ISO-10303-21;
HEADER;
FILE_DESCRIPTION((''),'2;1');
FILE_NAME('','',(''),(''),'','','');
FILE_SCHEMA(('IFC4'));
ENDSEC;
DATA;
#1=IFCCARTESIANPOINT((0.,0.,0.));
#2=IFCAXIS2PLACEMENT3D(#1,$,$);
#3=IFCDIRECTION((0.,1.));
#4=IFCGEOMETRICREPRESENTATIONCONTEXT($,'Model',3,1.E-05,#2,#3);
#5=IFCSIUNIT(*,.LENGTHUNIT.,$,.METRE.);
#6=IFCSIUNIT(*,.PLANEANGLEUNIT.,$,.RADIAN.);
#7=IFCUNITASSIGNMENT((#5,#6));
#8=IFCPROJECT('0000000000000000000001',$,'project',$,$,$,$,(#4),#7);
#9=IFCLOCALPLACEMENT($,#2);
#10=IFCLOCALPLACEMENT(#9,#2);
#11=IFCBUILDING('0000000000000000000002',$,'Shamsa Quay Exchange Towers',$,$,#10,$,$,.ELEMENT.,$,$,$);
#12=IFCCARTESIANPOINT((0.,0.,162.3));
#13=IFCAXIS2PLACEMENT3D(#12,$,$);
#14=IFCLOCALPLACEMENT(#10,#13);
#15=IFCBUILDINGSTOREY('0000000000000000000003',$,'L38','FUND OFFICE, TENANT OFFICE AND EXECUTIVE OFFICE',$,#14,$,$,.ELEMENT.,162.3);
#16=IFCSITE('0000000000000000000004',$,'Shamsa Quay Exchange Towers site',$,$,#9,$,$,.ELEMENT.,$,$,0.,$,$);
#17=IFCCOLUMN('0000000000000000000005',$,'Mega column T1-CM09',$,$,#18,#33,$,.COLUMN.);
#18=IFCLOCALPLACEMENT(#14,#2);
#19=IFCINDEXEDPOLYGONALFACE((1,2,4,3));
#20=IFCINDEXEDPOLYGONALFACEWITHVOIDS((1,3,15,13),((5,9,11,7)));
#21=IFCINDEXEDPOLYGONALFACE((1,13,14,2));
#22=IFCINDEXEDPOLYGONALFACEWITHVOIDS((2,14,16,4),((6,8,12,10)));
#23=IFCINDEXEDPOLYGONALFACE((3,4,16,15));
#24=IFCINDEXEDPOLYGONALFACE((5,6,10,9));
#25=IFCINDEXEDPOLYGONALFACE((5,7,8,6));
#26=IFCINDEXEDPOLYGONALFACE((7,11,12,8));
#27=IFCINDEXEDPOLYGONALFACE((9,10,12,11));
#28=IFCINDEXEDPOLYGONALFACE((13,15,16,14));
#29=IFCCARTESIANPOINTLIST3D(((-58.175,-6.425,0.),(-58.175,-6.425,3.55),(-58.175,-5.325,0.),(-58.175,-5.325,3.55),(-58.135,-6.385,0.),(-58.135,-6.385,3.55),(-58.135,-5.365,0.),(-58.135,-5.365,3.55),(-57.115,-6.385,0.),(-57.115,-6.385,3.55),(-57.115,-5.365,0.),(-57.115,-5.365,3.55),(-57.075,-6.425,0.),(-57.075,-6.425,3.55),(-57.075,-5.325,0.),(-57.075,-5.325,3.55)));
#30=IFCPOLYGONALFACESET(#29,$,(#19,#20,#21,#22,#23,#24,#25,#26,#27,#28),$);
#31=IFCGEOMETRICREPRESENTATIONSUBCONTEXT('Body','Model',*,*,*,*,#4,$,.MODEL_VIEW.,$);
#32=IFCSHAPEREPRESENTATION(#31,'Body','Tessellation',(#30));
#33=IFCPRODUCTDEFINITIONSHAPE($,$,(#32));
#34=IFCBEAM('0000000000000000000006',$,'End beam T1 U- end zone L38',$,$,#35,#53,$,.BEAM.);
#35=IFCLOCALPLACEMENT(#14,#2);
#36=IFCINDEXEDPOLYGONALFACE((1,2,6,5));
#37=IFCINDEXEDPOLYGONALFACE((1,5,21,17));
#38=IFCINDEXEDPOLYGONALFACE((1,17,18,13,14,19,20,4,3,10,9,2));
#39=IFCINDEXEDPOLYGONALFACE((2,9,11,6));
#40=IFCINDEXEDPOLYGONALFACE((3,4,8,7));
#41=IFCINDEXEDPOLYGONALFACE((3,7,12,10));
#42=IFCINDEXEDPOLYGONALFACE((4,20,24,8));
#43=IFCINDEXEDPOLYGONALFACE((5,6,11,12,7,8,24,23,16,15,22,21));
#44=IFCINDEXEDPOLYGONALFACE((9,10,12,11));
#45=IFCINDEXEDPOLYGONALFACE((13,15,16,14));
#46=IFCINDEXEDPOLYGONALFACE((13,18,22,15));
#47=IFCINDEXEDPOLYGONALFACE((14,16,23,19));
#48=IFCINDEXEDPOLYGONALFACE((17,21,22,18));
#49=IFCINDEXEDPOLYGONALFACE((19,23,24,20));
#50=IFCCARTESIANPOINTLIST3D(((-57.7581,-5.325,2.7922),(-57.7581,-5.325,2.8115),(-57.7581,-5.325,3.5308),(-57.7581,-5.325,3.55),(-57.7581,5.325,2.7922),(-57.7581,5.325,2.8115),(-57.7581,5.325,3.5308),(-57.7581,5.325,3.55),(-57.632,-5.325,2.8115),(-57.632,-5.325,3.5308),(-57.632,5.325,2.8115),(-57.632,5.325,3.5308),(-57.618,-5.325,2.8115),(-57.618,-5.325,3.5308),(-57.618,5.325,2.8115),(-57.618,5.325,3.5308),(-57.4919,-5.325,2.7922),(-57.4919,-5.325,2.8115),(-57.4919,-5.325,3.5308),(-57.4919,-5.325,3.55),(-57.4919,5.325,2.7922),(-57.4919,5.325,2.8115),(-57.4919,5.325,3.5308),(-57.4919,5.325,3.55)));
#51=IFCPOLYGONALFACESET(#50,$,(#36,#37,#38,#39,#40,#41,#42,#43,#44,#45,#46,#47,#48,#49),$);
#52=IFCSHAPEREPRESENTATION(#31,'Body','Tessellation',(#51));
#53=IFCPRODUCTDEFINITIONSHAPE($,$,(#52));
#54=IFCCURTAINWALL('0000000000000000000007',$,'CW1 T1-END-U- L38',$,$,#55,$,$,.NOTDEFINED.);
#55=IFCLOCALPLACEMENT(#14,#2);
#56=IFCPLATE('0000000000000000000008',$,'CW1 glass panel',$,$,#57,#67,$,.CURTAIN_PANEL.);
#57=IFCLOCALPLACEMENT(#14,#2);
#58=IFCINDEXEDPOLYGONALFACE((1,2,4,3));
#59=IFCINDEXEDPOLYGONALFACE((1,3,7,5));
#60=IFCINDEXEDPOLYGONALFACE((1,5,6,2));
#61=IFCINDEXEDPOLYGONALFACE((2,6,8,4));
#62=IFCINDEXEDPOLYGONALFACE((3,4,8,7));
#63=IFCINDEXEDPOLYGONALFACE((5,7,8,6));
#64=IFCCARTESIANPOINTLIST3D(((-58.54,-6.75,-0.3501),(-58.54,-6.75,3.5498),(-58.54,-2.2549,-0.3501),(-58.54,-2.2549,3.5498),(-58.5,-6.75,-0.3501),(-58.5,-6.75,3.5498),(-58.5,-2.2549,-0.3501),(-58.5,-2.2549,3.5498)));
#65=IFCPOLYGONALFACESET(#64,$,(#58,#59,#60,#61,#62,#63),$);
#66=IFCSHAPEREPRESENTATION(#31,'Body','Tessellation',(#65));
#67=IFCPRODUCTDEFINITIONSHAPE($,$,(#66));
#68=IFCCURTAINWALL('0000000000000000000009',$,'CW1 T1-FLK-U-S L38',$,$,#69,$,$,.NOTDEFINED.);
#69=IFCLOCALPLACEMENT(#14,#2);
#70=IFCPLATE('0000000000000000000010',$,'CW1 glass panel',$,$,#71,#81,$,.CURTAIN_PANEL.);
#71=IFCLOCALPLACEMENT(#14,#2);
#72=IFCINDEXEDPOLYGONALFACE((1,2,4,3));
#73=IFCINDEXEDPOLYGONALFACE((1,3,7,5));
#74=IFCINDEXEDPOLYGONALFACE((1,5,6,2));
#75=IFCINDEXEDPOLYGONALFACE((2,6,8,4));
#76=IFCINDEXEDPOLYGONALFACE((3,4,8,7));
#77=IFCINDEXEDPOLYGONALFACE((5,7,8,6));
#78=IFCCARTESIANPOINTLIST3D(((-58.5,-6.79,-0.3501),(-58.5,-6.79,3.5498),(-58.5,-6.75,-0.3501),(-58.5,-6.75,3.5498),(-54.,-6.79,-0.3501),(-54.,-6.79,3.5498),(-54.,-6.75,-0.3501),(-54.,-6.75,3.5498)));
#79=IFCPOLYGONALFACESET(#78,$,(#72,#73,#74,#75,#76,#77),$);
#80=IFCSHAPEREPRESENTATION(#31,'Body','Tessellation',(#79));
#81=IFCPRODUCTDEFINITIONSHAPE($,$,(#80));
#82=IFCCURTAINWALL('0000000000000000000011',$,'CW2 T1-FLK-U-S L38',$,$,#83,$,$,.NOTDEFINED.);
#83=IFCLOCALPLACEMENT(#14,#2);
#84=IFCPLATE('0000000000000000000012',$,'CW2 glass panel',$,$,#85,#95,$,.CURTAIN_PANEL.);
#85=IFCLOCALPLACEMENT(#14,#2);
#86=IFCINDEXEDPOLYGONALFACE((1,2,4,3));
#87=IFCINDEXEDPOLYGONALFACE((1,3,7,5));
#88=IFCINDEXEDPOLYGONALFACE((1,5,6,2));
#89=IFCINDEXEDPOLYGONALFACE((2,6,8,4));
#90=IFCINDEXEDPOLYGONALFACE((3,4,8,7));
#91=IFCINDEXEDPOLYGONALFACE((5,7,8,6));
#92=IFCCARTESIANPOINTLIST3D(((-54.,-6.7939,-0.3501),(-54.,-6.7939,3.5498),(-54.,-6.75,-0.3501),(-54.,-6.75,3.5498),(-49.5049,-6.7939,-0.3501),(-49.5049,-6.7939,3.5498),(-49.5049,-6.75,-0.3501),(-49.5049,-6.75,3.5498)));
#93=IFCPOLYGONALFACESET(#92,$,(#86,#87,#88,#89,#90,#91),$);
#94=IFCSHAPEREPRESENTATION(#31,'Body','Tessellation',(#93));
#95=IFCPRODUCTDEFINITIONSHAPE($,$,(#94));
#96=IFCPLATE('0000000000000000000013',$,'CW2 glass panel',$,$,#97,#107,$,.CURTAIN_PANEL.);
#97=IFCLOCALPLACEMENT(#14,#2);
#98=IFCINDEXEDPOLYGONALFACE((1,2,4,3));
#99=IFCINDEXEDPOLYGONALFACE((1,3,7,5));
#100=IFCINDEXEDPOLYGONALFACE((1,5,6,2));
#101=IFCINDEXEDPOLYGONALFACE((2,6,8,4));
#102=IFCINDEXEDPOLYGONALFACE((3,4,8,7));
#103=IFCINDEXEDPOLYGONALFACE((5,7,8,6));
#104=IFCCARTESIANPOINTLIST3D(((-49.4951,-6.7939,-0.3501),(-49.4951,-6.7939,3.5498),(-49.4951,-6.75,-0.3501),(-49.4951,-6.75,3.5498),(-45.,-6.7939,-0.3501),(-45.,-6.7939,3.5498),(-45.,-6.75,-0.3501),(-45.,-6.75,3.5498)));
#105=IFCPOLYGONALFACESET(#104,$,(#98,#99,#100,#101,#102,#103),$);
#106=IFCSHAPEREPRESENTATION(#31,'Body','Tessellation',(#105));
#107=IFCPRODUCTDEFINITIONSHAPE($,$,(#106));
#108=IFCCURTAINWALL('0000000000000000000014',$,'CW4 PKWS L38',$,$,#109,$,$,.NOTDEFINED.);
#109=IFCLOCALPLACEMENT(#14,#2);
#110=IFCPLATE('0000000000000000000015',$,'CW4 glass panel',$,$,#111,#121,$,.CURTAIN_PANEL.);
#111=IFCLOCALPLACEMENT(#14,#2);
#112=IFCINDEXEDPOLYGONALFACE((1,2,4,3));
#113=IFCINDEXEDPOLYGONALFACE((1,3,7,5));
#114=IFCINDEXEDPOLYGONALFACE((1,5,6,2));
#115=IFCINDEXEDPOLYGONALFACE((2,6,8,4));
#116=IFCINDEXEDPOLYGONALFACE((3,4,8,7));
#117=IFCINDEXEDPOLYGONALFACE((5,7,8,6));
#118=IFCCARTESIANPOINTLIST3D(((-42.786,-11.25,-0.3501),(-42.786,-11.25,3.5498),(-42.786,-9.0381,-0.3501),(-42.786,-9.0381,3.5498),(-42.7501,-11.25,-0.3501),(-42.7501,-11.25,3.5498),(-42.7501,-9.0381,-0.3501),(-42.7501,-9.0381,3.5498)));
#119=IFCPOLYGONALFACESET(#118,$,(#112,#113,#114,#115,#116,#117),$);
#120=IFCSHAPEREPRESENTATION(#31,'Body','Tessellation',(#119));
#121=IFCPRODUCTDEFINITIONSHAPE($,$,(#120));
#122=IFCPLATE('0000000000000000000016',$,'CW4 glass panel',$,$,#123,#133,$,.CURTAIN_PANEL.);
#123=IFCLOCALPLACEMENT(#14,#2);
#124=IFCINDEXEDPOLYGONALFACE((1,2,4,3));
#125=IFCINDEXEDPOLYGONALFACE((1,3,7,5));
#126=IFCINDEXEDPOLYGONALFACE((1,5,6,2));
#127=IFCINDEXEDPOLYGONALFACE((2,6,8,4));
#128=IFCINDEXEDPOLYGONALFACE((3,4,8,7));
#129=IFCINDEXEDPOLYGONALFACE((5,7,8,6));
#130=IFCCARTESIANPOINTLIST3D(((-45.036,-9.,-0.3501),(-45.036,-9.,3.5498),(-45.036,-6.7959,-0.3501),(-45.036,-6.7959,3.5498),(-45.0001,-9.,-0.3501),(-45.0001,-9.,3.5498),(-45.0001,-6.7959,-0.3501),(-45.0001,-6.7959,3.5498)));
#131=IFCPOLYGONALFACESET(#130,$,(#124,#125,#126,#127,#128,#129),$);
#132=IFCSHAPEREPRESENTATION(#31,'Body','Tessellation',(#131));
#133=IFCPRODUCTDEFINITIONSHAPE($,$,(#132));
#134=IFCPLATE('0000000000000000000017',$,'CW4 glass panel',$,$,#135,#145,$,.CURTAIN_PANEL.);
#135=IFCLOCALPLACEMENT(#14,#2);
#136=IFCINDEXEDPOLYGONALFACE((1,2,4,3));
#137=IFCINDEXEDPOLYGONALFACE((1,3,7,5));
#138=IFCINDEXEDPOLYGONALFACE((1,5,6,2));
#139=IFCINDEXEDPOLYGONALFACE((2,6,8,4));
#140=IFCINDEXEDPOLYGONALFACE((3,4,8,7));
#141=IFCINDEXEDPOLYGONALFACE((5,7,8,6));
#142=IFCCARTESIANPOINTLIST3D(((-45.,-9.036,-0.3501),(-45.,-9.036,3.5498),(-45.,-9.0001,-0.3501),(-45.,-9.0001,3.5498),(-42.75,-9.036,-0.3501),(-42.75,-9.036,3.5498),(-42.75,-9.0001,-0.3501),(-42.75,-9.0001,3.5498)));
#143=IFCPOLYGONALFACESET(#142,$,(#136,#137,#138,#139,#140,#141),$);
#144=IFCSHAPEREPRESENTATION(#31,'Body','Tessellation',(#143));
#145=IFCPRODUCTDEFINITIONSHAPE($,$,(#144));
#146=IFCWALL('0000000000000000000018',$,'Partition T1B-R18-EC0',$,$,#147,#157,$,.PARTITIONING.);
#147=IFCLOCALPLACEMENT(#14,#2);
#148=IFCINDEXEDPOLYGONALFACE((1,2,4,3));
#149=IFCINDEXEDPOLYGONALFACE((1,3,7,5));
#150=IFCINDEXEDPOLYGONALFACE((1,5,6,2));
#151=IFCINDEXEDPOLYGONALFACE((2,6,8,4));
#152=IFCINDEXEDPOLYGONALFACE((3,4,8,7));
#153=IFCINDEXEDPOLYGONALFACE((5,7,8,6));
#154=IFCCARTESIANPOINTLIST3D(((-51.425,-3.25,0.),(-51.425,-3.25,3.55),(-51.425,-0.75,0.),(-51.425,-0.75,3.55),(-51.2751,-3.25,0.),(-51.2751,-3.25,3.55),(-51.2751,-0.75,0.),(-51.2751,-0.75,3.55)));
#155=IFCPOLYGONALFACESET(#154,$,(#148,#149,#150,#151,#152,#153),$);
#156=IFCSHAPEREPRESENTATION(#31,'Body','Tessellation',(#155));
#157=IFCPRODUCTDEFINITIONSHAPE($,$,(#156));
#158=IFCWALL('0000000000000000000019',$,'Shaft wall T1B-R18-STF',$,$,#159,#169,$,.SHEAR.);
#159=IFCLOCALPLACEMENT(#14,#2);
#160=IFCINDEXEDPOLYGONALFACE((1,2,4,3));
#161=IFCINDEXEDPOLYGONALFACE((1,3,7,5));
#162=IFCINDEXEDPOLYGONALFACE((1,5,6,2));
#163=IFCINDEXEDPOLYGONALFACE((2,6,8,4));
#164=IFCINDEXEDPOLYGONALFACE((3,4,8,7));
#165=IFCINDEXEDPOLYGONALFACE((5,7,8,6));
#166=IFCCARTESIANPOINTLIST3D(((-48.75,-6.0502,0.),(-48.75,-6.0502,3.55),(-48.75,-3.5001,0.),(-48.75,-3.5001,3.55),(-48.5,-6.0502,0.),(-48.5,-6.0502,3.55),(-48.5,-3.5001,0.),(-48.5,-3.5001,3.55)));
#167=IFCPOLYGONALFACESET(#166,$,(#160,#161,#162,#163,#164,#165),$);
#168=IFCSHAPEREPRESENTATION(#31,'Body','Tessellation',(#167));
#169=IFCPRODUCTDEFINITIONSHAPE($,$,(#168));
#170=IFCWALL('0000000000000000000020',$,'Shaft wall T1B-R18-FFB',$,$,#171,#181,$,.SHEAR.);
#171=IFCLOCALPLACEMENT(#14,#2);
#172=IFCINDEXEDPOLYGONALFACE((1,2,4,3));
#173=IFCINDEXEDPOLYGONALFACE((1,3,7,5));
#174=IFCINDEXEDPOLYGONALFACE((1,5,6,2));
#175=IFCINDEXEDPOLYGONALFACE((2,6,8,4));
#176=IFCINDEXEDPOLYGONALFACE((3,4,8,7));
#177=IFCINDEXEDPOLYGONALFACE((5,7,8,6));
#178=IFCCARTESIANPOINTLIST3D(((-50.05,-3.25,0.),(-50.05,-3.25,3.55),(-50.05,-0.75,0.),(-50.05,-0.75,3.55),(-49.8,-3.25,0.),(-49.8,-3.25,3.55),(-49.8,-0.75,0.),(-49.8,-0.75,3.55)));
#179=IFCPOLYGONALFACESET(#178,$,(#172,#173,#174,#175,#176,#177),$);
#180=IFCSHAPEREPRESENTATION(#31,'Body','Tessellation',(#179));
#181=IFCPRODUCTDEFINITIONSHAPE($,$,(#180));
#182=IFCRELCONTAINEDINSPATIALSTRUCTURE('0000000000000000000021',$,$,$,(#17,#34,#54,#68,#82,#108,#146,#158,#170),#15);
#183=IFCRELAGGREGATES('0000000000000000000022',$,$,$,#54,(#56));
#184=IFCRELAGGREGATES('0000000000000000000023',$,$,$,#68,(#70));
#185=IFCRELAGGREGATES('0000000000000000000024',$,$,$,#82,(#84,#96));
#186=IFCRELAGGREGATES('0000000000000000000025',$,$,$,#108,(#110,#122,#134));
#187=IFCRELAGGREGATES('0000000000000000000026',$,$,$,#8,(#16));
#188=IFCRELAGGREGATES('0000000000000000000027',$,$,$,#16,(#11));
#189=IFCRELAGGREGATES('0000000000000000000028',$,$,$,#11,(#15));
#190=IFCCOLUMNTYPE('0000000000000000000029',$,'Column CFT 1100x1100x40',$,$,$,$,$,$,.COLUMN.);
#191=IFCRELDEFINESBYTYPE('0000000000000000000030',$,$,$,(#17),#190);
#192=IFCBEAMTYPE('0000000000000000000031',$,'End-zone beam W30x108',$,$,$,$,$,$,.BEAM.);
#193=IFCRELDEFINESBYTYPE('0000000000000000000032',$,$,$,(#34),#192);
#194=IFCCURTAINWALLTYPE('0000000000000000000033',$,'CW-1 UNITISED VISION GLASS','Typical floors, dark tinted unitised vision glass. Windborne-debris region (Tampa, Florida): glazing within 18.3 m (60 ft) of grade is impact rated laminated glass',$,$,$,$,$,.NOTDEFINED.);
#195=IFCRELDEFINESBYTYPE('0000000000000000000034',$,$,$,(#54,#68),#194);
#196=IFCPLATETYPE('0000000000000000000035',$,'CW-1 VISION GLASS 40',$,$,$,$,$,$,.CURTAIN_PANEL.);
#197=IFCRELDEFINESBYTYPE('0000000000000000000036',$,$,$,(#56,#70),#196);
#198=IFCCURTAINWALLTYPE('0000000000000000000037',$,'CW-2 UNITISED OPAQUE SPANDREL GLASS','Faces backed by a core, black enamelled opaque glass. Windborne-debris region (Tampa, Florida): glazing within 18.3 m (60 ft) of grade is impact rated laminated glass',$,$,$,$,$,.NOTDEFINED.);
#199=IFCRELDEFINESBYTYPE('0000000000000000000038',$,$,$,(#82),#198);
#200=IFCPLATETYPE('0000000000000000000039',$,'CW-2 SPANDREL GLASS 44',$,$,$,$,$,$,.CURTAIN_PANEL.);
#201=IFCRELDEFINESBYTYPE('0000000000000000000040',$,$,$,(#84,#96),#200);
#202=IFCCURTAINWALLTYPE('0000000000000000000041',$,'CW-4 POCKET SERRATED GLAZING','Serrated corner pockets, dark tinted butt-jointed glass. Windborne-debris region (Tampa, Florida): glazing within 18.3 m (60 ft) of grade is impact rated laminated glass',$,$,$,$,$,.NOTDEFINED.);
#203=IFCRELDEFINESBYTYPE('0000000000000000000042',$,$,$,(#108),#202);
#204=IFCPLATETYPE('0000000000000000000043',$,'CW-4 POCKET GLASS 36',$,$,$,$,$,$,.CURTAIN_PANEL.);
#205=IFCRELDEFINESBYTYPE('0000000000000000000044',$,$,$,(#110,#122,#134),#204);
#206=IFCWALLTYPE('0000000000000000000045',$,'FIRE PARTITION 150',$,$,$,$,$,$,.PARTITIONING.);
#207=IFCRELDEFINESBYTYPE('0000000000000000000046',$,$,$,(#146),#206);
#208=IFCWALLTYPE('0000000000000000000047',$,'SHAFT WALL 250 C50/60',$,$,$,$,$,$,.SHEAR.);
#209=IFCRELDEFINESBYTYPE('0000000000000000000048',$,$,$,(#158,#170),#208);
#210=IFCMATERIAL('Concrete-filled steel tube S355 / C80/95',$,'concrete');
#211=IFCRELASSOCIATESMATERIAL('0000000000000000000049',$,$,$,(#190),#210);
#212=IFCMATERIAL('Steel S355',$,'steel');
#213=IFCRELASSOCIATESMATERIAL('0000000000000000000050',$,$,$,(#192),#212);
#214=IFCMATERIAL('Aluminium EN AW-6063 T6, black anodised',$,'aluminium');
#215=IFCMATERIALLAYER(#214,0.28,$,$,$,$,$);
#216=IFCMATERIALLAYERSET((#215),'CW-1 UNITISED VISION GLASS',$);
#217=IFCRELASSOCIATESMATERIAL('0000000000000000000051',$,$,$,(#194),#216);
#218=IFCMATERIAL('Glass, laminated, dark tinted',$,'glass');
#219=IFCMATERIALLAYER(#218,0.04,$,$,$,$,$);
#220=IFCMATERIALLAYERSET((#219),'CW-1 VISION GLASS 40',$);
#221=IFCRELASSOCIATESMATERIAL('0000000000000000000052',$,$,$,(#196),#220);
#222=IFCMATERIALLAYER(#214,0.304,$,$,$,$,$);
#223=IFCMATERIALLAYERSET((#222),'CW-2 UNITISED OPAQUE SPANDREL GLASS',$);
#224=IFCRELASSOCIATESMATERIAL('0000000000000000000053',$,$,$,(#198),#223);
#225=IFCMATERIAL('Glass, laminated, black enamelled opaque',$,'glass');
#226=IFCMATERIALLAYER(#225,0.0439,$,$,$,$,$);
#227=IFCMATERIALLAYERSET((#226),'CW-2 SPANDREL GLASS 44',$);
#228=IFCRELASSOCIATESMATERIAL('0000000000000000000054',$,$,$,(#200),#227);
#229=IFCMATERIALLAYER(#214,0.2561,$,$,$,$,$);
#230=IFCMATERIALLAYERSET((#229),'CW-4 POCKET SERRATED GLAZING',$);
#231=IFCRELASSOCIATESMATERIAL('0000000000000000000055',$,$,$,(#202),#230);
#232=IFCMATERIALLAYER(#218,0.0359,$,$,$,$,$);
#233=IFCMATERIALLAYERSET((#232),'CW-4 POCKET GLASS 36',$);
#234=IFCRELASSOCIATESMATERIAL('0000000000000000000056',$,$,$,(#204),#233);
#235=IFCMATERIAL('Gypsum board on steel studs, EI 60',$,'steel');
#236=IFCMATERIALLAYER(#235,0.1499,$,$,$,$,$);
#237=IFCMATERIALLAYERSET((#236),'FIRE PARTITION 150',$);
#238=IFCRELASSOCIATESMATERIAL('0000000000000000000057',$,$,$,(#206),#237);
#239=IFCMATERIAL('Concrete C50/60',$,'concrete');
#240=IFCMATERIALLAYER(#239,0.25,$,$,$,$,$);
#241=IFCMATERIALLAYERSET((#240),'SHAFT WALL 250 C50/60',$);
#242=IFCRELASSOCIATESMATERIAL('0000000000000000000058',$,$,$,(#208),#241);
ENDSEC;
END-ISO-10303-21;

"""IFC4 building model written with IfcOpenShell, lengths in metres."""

from ifc_helpers import new_model, si_unit, direction, frame, frame_2d, origin, origin_2d, place, context, subcontext, project, spatial, rectangle, hollow_rectangle, i_section, extrude, material, layer, layer_set, material_profile, profile_set, type_object, element, aggregate, save


model = new_model("IFC4")

# Units and contexts
model_context = context("Model", 3, precision=1e-05, world=origin(), true_north=direction((0.0, 1.0)))
body_context = subcontext(model_context, "Body", "Model", "MODEL_VIEW")
ifc_project = project(units=[si_unit("LENGTHUNIT", "METRE"), si_unit("PLANEANGLEUNIT", "RADIAN")], contexts=[model_context])

# Site, building, storey
site_placement = place(None, origin())
site = spatial("IfcSite", under=ifc_project, at=site_placement, Name="Shamsa Quay Exchange Towers site", CompositionType="ELEMENT", RefElevation=0.0)
building_placement = place(site_placement, origin())
building = spatial("IfcBuilding", under=site, at=building_placement, Name="Shamsa Quay Exchange Towers", CompositionType="ELEMENT")
storey_placement = place(building_placement, frame((0.0, 0.0, 162.3)))
storey = spatial("IfcBuildingStorey", under=building, at=storey_placement, Name="L38", Description="FUND OFFICE, TENANT OFFICE AND EXECUTIVE OFFICE", CompositionType="ELEMENT", Elevation=162.3)

# Column
ifc_material_1 = material(Name="Concrete-filled steel tube S355 / C80/95", Category="concrete")
ifc_material_profile_1 = material_profile(ifc_material_1, hollow_rectangle(XDim=1.1001, YDim=1.1001, WallThickness=0.04, at=origin_2d()), Name="CFT 1100x1100x40")
ifc_profile_set_1 = profile_set([ifc_material_profile_1], Name="Concrete-filled steel tube S355 / C80/95")
column_type = type_object("IfcColumnType", Name="Column CFT 1100x1100x40", PredefinedType="COLUMN", material=ifc_profile_set_1)
column_placement = place(storey_placement, frame((-57.625, -5.875, 0.0)))
element("IfcColumn", 1, at=column_placement, inside=storey, type_object=column_type, Name="Mega column T1-CM09", PredefinedType="COLUMN", context=body_context, shape_type="SweptSolid", body=[
    extrude(hollow_rectangle(XDim=1.1001, YDim=1.1001, WallThickness=0.04, at=origin_2d()), origin(), (0.0, 0.0, 1.0), 3.55),
])

# Beam
ifc_material_2 = material(Name="Steel S355", Category="steel")
ifc_material_profile_2 = material_profile(ifc_material_2, i_section(OverallWidth=0.2661, OverallDepth=0.7578, WebThickness=0.0139, FlangeThickness=0.0193, at=origin_2d()), Name="W30x108")
ifc_profile_set_2 = profile_set([ifc_material_profile_2], Name="Steel S355")
beam_type = type_object("IfcBeamType", Name="End-zone beam W30x108", PredefinedType="BEAM", material=ifc_profile_set_2)
beam_placement = place(storey_placement, frame((-57.625, -5.325, 3.1711), z_axis=(0.0, 1.0, 0.0), x_axis=(-1.0, 0.0, 0.0)))
element("IfcBeam", 2, at=beam_placement, inside=storey, type_object=beam_type, Name="End beam T1 U- end zone L38", PredefinedType="BEAM", context=body_context, shape_type="SweptSolid", body=[
    extrude(i_section(OverallWidth=0.2661, OverallDepth=0.7578, WebThickness=0.0139, FlangeThickness=0.0193, at=origin_2d()), origin(), (0.0, 0.0, 1.0), 10.6499),
])

# Curtain walls, plates
ifc_material_3 = material(Name="Aluminium EN AW-6063 T6, black anodised", Category="aluminium")
ifc_layer_1 = layer(ifc_material_3, 0.28)
ifc_layer_set_1 = layer_set([ifc_layer_1], Name="CW-1 UNITISED VISION GLASS")
curtain_wall_type_1 = type_object("IfcCurtainWallType", Name="CW-1 UNITISED VISION GLASS", Description="Typical floors, dark tinted unitised vision glass. Windborne-debris region (Tampa, Florida): glazing within 18.3 m (60 ft) of grade is impact rated laminated glass", PredefinedType="NOTDEFINED", material=ifc_layer_set_1)
curtain_wall_1_placement = place(storey_placement, origin())
curtain_wall_1 = element("IfcCurtainWall", 3, at=curtain_wall_1_placement, inside=storey, type_object=curtain_wall_type_1, Name="CW1 T1-END-U- L38", PredefinedType="NOTDEFINED")
ifc_material_4 = material(Name="Glass, laminated, dark tinted", Category="glass")
ifc_layer_2 = layer(ifc_material_4, 0.04)
ifc_layer_set_2 = layer_set([ifc_layer_2], Name="CW-1 VISION GLASS 40")
plate_type_1 = type_object("IfcPlateType", Name="CW-1 VISION GLASS 40", PredefinedType="CURTAIN_PANEL", material=ifc_layer_set_2)
plate_1_placement = place(storey_placement, frame((-58.52, -4.5024, -0.3501), z_axis=(0.0, 0.0, 1.0), x_axis=(0.0, -1.0, 0.0)))
plate_1 = element("IfcPlate", 4, at=plate_1_placement, type_object=plate_type_1, Name="CW1 glass panel", PredefinedType="CURTAIN_PANEL", context=body_context, shape_type="SweptSolid", body=[
    extrude(rectangle(XDim=4.4951, YDim=0.04, at=origin_2d()), origin(), (0.0, 0.0, 1.0), 3.8999),
])
aggregate(curtain_wall_1, [plate_1])
curtain_wall_2_placement = place(storey_placement, origin())
curtain_wall_2 = element("IfcCurtainWall", 5, at=curtain_wall_2_placement, inside=storey, type_object=curtain_wall_type_1, Name="CW1 T1-FLK-U-S L38", PredefinedType="NOTDEFINED")
plate_2_placement = place(storey_placement, frame((-56.25, -6.77, -0.3501)))
plate_2 = element("IfcPlate", 6, at=plate_2_placement, type_object=plate_type_1, Name="CW1 glass panel", PredefinedType="CURTAIN_PANEL", context=body_context, shape_type="SweptSolid", body=[
    extrude(rectangle(XDim=4.5, YDim=0.04, at=origin_2d()), origin(), (0.0, 0.0, 1.0), 3.8999),
])
aggregate(curtain_wall_2, [plate_2])

# Curtain walls, plates
ifc_layer_3 = layer(ifc_material_3, 0.304)
ifc_layer_set_3 = layer_set([ifc_layer_3], Name="CW-2 UNITISED OPAQUE SPANDREL GLASS")
curtain_wall_type_2 = type_object("IfcCurtainWallType", Name="CW-2 UNITISED OPAQUE SPANDREL GLASS", Description="Faces backed by a core, black enamelled opaque glass. Windborne-debris region (Tampa, Florida): glazing within 18.3 m (60 ft) of grade is impact rated laminated glass", PredefinedType="NOTDEFINED", material=ifc_layer_set_3)
curtain_wall_3_placement = place(storey_placement, origin())
curtain_wall_3 = element("IfcCurtainWall", 7, at=curtain_wall_3_placement, inside=storey, type_object=curtain_wall_type_2, Name="CW2 T1-FLK-U-S L38", PredefinedType="NOTDEFINED")
ifc_material_5 = material(Name="Glass, laminated, black enamelled opaque", Category="glass")
ifc_layer_4 = layer(ifc_material_5, 0.0439)
ifc_layer_set_4 = layer_set([ifc_layer_4], Name="CW-2 SPANDREL GLASS 44")
plate_type_2 = type_object("IfcPlateType", Name="CW-2 SPANDREL GLASS 44", PredefinedType="CURTAIN_PANEL", material=ifc_layer_set_4)
plate_3_placement = place(storey_placement, frame((-51.7524, -6.772, -0.3501)))
plate_3 = element("IfcPlate", 8, at=plate_3_placement, type_object=plate_type_2, Name="CW2 glass panel", PredefinedType="CURTAIN_PANEL", context=body_context, shape_type="SweptSolid", body=[
    extrude(rectangle(XDim=4.4951, YDim=0.0439, at=origin_2d()), origin(), (0.0, 0.0, 1.0), 3.8999),
])
plate_4_placement = place(storey_placement, frame((-47.2476, -6.772, -0.3501)))
plate_4 = element("IfcPlate", 9, at=plate_4_placement, type_object=plate_type_2, Name="CW2 glass panel", PredefinedType="CURTAIN_PANEL", context=body_context, shape_type="SweptSolid", body=[
    extrude(rectangle(XDim=4.4951, YDim=0.0439, at=origin_2d()), origin(), (0.0, 0.0, 1.0), 3.8999),
])
aggregate(curtain_wall_3, [plate_3, plate_4])
ifc_layer_5 = layer(ifc_material_3, 0.2561)
ifc_layer_set_5 = layer_set([ifc_layer_5], Name="CW-4 POCKET SERRATED GLAZING")
curtain_wall_type_3 = type_object("IfcCurtainWallType", Name="CW-4 POCKET SERRATED GLAZING", Description="Serrated corner pockets, dark tinted butt-jointed glass. Windborne-debris region (Tampa, Florida): glazing within 18.3 m (60 ft) of grade is impact rated laminated glass", PredefinedType="NOTDEFINED", material=ifc_layer_set_5)
curtain_wall_4_placement = place(storey_placement, origin())
curtain_wall_4 = element("IfcCurtainWall", 10, at=curtain_wall_4_placement, inside=storey, type_object=curtain_wall_type_3, Name="CW4 PKWS L38", PredefinedType="NOTDEFINED")
ifc_layer_6 = layer(ifc_material_4, 0.0359)
ifc_layer_set_6 = layer_set([ifc_layer_6], Name="CW-4 POCKET GLASS 36")
plate_type_3 = type_object("IfcPlateType", Name="CW-4 POCKET GLASS 36", PredefinedType="CURTAIN_PANEL", material=ifc_layer_set_6)
plate_5_placement = place(storey_placement, frame((-42.7681, -10.144, -0.3501), z_axis=(0.0, 0.0, 1.0), x_axis=(0.0, -1.0, 0.0)))
plate_5 = element("IfcPlate", 11, at=plate_5_placement, type_object=plate_type_3, Name="CW4 glass panel", PredefinedType="CURTAIN_PANEL", context=body_context, shape_type="SweptSolid", body=[
    extrude(rectangle(XDim=2.2119, YDim=0.0359, at=origin_2d()), origin(), (0.0, 0.0, 1.0), 3.8999),
])
plate_6_placement = place(storey_placement, frame((-45.0181, -7.8979, -0.3501), z_axis=(0.0, 0.0, 1.0), x_axis=(0.0, -1.0, 0.0)))
plate_6 = element("IfcPlate", 12, at=plate_6_placement, type_object=plate_type_3, Name="CW4 glass panel", PredefinedType="CURTAIN_PANEL", context=body_context, shape_type="SweptSolid", body=[
    extrude(rectangle(XDim=2.2041, YDim=0.0359, at=origin_2d()), origin(), (0.0, 0.0, 1.0), 3.8999),
])
plate_7_placement = place(storey_placement, frame((-43.875, -9.0181, -0.3501)))
plate_7 = element("IfcPlate", 13, at=plate_7_placement, type_object=plate_type_3, Name="CW4 glass panel", PredefinedType="CURTAIN_PANEL", context=body_context, shape_type="SweptSolid", body=[
    extrude(rectangle(XDim=2.25, YDim=0.0359, at=origin_2d()), origin(), (0.0, 0.0, 1.0), 3.8999),
])
aggregate(curtain_wall_4, [plate_5, plate_6, plate_7])

# Walls
ifc_material_6 = material(Name="Gypsum board on steel studs, EI 60", Category="steel")
ifc_layer_7 = layer(ifc_material_6, 0.1499)
ifc_layer_set_7 = layer_set([ifc_layer_7], Name="FIRE PARTITION 150")
wall_type_1 = type_object("IfcWallType", Name="FIRE PARTITION 150", PredefinedType="PARTITIONING", material=ifc_layer_set_7)
wall_1_placement = place(storey_placement, frame((-51.3501, -3.25, 0.0), z_axis=(0.0, 0.0, 1.0), x_axis=(0.0, 1.0, 0.0)))
element("IfcWall", 14, at=wall_1_placement, inside=storey, type_object=wall_type_1, Name="Partition T1B-R18-EC0", PredefinedType="PARTITIONING", context=body_context, shape_type="SweptSolid", body=[
    extrude(rectangle(XDim=2.5, YDim=0.1499, at=frame_2d((1.25, 0.0))), origin(), (0.0, 0.0, 1.0), 3.55),
])
ifc_material_7 = material(Name="Concrete C50/60", Category="concrete")
ifc_layer_8 = layer(ifc_material_7, 0.25)
ifc_layer_set_8 = layer_set([ifc_layer_8], Name="SHAFT WALL 250 C50/60")
wall_type_2 = type_object("IfcWallType", Name="SHAFT WALL 250 C50/60", PredefinedType="SHEAR", material=ifc_layer_set_8)
wall_2_placement = place(storey_placement, frame((-48.625, -6.05, 0.0), z_axis=(0.0, 0.0, 1.0), x_axis=(0.0, 1.0, 0.0)))
element("IfcWall", 15, at=wall_2_placement, inside=storey, type_object=wall_type_2, Name="Shaft wall T1B-R18-STF", PredefinedType="SHEAR", context=body_context, shape_type="SweptSolid", body=[
    extrude(rectangle(XDim=2.55, YDim=0.25, at=frame_2d((1.2749, 0.0))), origin(), (0.0, 0.0, 1.0), 3.55),
])

# Wall
wall_3_placement = place(storey_placement, frame((-49.925, -3.25, 0.0), z_axis=(0.0, 0.0, 1.0), x_axis=(0.0, 1.0, 0.0)))
element("IfcWall", 16, at=wall_3_placement, inside=storey, type_object=wall_type_2, Name="Shaft wall T1B-R18-FFB", PredefinedType="SHEAR", context=body_context, shape_type="SweptSolid", body=[
    extrude(rectangle(XDim=2.5, YDim=0.25, at=frame_2d((1.25, 0.0))), origin(), (0.0, 0.0, 1.0), 3.55),
])

save(model, "model.ifc")
